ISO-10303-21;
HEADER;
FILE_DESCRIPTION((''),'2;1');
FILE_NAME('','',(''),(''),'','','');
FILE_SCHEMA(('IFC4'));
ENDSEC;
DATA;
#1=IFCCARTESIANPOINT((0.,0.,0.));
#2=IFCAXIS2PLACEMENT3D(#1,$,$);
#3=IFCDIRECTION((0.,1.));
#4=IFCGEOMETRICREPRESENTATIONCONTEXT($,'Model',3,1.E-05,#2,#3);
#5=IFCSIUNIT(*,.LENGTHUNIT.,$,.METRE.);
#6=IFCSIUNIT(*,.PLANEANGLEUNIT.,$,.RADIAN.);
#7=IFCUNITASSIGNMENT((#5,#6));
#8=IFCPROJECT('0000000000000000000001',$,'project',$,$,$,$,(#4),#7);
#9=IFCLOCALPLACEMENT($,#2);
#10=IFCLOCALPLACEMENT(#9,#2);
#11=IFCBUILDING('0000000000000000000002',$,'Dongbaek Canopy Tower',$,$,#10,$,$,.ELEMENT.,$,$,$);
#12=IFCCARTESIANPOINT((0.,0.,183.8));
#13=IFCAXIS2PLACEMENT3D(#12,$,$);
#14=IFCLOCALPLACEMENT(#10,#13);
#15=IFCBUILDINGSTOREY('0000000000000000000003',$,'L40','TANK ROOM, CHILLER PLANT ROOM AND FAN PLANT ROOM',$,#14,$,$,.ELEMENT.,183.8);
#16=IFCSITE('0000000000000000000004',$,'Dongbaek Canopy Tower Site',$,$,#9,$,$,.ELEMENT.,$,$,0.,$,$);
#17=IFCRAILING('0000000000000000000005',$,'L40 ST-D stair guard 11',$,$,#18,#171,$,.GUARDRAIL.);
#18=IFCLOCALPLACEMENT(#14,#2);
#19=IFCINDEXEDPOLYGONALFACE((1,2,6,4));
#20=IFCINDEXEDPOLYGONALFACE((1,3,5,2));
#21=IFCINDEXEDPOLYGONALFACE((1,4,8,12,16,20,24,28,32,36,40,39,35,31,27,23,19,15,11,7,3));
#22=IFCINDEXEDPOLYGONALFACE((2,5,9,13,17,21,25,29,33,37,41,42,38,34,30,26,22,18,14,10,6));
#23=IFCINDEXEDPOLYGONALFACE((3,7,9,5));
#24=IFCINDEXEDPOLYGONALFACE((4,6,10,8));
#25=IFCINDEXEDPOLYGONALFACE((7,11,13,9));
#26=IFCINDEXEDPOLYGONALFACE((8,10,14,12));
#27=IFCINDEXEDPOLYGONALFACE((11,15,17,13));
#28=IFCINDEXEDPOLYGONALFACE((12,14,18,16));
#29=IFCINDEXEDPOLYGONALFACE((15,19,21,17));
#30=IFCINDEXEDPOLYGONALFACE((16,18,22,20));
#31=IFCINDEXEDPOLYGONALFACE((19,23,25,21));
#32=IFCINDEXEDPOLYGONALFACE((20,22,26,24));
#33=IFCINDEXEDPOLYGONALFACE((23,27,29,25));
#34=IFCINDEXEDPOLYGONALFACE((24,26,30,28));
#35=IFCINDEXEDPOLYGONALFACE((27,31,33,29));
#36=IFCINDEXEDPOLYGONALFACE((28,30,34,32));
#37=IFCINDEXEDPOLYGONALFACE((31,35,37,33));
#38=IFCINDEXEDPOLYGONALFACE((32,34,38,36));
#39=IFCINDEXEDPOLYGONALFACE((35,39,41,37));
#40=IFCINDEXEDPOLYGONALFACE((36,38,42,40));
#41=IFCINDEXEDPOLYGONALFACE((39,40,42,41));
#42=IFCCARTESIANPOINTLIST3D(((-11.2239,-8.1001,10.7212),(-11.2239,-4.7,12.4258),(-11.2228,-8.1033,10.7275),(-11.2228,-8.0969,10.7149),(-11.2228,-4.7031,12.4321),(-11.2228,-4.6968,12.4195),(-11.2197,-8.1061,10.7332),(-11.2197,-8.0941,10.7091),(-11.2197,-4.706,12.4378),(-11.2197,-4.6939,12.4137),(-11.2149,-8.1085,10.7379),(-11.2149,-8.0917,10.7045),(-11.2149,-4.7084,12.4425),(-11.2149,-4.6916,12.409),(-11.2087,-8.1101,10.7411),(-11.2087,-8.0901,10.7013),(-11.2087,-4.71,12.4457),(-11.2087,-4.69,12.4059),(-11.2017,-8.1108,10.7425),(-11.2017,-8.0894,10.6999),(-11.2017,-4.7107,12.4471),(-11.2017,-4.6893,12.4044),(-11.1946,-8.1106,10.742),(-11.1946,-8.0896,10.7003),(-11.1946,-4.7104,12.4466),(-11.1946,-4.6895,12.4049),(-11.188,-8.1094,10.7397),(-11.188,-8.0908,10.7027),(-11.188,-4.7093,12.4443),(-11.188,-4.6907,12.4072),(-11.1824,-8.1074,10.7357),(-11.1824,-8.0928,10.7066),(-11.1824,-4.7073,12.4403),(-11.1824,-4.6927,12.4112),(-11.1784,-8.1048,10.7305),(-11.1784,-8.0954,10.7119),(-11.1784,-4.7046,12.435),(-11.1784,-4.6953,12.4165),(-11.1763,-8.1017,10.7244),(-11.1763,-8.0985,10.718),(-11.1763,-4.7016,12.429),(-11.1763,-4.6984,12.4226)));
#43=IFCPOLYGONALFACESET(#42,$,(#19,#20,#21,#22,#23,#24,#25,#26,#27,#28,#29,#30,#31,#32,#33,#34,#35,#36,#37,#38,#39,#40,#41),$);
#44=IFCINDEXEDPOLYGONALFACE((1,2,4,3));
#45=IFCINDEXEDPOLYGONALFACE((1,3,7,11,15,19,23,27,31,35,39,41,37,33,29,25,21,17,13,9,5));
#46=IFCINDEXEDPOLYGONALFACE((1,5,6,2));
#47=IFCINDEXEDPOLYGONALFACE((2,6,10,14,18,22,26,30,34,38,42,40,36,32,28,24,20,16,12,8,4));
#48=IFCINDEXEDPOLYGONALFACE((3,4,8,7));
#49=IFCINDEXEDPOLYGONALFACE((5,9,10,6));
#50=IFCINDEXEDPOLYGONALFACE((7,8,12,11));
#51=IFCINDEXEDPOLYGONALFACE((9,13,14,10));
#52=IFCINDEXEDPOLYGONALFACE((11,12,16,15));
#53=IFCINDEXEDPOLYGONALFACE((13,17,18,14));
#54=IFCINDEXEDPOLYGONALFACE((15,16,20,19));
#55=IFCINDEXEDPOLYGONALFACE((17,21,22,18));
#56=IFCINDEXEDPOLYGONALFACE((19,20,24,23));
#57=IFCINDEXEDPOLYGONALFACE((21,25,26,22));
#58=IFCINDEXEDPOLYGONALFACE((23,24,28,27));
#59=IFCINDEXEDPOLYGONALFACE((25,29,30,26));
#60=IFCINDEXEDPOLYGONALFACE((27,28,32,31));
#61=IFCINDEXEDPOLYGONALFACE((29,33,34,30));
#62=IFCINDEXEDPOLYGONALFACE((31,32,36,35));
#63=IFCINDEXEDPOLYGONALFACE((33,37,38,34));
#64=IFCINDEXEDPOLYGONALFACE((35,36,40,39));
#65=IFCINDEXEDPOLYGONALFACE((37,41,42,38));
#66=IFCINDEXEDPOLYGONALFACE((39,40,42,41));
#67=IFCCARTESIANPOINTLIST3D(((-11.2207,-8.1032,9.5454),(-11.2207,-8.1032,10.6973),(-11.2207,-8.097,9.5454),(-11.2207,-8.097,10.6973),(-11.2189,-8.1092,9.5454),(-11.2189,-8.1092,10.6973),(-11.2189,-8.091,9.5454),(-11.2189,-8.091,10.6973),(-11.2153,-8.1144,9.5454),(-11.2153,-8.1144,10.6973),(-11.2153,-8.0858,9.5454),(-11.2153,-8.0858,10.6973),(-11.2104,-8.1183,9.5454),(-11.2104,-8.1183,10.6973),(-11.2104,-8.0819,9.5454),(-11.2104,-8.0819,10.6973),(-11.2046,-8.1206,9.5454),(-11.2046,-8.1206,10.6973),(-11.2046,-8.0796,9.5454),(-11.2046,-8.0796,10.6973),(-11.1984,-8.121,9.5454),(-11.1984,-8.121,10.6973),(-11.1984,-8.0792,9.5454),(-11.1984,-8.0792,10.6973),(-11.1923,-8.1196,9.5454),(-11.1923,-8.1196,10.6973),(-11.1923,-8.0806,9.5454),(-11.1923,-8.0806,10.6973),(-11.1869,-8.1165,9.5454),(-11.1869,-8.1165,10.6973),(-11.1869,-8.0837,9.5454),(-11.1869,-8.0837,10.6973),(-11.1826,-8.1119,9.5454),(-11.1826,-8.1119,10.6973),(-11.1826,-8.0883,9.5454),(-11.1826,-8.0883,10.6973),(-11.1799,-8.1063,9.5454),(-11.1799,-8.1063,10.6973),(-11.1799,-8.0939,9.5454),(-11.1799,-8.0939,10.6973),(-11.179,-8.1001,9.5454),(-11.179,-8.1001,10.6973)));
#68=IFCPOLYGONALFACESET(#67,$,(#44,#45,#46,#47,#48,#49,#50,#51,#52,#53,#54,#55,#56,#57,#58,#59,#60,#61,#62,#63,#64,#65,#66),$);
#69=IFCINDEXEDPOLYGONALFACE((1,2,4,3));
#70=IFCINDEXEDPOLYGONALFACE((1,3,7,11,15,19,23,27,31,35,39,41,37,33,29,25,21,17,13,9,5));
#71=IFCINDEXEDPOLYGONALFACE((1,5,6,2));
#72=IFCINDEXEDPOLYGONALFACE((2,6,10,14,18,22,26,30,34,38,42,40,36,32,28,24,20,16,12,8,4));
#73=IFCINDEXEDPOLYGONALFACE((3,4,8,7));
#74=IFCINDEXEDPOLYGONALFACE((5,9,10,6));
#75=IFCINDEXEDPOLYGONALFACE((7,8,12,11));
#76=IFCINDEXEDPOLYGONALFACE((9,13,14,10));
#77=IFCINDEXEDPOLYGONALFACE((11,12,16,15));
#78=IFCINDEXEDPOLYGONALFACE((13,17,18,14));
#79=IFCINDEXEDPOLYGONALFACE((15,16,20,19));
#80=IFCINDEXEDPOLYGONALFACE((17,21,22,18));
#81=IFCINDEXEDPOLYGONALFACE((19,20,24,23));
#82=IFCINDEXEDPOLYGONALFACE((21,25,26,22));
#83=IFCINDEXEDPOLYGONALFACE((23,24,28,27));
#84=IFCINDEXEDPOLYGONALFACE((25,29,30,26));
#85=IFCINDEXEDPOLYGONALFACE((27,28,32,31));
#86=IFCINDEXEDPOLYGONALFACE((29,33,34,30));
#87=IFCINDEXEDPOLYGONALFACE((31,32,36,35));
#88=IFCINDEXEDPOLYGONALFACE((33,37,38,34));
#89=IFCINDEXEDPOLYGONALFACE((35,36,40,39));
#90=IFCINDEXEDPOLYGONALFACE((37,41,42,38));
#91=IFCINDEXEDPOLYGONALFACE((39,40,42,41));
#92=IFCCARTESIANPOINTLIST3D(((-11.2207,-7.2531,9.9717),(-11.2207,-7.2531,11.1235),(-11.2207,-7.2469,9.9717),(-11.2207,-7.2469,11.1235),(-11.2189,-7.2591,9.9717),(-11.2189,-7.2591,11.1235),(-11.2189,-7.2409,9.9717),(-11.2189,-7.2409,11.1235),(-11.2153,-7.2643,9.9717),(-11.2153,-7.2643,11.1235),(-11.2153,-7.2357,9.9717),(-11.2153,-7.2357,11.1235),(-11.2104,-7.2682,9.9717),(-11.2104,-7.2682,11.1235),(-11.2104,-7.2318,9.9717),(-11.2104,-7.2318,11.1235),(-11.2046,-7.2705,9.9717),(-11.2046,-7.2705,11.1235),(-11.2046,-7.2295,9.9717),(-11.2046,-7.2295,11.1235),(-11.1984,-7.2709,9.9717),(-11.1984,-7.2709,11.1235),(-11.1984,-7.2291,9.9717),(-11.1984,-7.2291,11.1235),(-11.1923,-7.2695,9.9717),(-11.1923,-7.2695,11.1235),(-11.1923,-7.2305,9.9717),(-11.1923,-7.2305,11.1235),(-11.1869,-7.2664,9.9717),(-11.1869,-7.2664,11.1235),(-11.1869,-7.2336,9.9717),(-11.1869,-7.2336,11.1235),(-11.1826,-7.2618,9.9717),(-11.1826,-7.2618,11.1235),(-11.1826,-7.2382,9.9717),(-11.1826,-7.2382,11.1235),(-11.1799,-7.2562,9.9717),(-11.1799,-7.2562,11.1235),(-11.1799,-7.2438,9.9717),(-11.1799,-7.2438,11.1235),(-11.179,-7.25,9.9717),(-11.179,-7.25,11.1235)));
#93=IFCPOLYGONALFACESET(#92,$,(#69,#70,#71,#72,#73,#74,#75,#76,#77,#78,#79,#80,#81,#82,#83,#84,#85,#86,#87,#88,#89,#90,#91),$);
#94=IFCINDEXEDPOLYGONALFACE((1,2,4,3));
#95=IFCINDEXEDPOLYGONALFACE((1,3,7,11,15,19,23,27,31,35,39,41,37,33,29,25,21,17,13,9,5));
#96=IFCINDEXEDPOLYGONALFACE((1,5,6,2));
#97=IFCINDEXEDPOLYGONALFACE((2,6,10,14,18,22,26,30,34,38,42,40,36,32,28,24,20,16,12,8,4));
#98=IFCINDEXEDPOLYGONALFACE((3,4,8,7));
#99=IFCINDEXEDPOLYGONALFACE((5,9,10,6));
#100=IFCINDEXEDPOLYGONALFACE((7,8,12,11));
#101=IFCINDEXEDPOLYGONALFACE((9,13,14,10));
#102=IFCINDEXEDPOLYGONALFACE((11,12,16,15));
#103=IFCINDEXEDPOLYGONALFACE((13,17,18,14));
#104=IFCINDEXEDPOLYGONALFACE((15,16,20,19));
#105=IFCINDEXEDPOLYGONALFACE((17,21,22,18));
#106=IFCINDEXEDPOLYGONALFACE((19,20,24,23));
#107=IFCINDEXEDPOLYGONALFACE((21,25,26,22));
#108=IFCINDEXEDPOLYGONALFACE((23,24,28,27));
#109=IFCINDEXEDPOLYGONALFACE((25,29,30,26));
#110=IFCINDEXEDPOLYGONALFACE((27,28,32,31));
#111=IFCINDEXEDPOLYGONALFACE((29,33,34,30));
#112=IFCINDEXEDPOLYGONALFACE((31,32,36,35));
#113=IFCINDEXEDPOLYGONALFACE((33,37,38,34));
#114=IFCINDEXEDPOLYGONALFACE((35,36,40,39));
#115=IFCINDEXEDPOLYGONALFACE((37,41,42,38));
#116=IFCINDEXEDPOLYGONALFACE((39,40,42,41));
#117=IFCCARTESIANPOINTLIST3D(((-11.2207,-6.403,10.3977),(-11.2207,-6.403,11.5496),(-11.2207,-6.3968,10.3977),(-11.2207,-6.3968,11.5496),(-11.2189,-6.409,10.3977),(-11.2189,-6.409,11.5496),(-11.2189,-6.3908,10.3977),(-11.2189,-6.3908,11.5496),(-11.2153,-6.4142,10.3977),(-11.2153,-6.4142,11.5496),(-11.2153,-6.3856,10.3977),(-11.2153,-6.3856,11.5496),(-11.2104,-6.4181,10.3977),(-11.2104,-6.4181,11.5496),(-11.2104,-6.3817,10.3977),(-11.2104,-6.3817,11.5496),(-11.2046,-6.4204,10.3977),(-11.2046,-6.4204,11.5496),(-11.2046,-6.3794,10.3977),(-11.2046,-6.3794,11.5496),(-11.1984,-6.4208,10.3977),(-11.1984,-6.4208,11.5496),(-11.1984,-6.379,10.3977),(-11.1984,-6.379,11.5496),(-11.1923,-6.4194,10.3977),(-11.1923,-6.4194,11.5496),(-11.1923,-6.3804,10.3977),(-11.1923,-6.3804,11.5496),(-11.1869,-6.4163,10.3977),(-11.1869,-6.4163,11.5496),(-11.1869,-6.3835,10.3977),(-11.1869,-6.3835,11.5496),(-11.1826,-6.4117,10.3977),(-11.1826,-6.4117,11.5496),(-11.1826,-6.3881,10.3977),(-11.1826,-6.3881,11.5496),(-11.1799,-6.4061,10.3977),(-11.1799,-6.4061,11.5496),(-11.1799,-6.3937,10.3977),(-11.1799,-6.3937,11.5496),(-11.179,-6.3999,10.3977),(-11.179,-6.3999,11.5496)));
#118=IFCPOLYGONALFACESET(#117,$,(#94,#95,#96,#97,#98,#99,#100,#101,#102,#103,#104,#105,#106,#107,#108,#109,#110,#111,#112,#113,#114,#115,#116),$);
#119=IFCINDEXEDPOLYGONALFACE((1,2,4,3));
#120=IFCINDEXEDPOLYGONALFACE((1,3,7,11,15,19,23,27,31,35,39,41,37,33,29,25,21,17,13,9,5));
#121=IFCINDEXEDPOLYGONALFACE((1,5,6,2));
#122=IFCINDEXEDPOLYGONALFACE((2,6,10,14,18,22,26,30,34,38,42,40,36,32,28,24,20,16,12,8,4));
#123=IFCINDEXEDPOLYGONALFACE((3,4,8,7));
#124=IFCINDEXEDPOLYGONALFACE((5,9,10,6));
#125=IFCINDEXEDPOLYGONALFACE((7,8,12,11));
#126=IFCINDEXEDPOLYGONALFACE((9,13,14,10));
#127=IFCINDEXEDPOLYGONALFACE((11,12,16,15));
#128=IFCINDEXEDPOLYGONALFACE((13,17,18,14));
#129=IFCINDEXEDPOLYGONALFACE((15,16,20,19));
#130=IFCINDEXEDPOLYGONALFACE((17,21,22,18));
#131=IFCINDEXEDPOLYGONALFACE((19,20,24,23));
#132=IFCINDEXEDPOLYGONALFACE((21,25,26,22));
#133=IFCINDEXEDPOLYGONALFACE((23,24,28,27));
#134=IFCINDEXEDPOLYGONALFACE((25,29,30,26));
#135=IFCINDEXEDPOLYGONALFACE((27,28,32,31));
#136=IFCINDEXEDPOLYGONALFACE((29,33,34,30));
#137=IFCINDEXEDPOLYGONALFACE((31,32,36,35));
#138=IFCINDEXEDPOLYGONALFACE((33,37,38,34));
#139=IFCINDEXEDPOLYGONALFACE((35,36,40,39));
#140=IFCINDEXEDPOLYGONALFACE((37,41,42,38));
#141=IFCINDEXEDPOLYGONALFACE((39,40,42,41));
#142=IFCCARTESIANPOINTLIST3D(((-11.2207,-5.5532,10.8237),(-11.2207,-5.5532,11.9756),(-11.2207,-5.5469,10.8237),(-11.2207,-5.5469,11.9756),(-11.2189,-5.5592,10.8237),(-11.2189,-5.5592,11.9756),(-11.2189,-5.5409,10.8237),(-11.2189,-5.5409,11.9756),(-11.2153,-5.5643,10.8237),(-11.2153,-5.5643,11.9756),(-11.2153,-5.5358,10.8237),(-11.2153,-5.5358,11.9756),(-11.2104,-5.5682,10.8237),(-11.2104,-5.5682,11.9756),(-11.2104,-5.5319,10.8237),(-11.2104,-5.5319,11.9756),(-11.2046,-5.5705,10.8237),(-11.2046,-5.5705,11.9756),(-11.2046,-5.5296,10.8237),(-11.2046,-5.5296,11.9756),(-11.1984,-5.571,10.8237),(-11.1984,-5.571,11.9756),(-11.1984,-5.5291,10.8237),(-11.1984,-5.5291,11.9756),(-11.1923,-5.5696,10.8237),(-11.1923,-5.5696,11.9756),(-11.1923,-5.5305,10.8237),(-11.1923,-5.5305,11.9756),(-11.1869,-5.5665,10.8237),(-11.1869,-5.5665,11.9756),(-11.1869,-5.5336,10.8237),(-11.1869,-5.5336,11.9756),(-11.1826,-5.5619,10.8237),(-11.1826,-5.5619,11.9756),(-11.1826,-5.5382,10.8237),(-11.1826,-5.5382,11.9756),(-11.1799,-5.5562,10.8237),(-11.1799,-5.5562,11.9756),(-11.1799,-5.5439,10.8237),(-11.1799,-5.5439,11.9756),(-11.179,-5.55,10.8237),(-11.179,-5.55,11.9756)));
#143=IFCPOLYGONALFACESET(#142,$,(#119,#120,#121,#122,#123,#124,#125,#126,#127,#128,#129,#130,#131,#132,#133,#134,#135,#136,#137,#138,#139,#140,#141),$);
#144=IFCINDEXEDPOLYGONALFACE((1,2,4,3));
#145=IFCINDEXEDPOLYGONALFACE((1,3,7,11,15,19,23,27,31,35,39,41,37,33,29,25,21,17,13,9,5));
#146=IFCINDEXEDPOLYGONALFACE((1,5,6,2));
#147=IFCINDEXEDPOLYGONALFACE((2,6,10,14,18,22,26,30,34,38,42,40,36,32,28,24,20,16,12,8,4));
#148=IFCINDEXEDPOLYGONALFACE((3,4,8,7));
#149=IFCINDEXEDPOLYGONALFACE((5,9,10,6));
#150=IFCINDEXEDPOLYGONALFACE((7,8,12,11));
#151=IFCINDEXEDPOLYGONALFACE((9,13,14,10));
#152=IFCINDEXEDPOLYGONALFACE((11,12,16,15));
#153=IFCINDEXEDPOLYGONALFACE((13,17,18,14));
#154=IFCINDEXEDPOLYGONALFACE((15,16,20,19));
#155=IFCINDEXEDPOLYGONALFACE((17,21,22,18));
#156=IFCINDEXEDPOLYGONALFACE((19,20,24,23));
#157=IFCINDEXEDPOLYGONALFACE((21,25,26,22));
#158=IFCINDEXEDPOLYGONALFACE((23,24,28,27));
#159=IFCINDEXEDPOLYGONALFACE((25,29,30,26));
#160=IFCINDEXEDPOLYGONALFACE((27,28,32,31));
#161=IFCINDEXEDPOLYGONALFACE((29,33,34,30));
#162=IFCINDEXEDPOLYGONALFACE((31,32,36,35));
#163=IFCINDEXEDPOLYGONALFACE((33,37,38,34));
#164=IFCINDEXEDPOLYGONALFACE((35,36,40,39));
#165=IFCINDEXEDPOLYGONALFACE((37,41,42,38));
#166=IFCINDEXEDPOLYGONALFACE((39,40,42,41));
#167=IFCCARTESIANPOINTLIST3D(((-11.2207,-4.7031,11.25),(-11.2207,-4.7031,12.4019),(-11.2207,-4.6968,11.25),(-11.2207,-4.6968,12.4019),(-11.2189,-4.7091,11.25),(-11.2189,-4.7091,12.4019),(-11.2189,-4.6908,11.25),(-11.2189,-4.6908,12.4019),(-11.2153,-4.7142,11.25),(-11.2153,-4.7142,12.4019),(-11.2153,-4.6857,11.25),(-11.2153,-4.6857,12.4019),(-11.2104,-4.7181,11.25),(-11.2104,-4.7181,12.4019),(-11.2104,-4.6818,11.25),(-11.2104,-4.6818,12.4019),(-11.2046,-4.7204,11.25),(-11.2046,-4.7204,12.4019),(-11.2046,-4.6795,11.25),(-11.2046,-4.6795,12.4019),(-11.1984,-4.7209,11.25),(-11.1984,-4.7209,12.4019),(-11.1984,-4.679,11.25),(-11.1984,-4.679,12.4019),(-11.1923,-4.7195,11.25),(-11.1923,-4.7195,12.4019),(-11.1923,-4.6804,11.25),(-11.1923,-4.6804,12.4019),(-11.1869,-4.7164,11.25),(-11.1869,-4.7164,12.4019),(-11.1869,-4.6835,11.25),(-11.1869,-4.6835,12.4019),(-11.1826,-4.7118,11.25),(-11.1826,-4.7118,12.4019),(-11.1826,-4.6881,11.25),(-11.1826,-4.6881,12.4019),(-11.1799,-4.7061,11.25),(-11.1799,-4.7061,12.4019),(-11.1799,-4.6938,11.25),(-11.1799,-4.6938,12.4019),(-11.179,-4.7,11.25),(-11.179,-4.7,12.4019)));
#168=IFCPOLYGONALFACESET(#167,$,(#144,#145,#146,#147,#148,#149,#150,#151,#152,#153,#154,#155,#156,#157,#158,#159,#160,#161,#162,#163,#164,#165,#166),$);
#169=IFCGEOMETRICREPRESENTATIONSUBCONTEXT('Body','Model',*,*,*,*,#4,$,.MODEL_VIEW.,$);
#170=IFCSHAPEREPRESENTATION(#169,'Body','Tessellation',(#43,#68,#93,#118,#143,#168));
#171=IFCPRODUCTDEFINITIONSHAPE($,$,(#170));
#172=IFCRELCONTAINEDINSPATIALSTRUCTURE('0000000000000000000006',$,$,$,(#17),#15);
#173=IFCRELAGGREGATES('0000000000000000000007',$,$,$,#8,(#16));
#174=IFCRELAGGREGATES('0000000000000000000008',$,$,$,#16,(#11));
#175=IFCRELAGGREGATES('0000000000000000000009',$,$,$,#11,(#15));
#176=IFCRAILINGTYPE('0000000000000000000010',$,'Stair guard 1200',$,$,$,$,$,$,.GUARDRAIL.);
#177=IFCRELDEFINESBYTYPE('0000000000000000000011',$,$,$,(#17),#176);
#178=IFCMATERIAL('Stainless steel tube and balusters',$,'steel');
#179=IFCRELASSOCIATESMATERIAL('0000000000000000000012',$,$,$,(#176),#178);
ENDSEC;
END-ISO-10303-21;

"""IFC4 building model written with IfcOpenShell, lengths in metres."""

from ifc_helpers import new_model, si_unit, direction, frame, origin, origin_2d, place, context, subcontext, project, spatial, circle, extrude, material, type_object, element, save


model = new_model("IFC4")

# Units and contexts
model_context = context("Model", 3, precision=1e-05, world=origin(), true_north=direction((0.0, 1.0)))
body_context = subcontext(model_context, "Body", "Model", "MODEL_VIEW")
ifc_project = project(units=[si_unit("LENGTHUNIT", "METRE"), si_unit("PLANEANGLEUNIT", "RADIAN")], contexts=[model_context])

# Site, building, storey
site_placement = place(None, origin())
site = spatial("IfcSite", under=ifc_project, at=site_placement, Name="Dongbaek Canopy Tower Site", CompositionType="ELEMENT", RefElevation=0.0)
building_placement = place(site_placement, origin())
building = spatial("IfcBuilding", under=site, at=building_placement, Name="Dongbaek Canopy Tower", CompositionType="ELEMENT")
storey_placement = place(building_placement, frame((0.0, 0.0, 183.8)))
storey = spatial("IfcBuildingStorey", under=building, at=storey_placement, Name="L40", Description="TANK ROOM, CHILLER PLANT ROOM AND FAN PLANT ROOM", CompositionType="ELEMENT", Elevation=183.8)

# Railing
ifc_material_1 = material(Name="Stainless steel tube and balusters", Category="steel")
railing_type_1 = type_object("IfcRailingType", Name="Stair guard 1200", PredefinedType="GUARDRAIL", material=ifc_material_1)
for number, where, name in (
    (1, (-11.2, -8.1001, 9.5454), "L40 ST-D stair guard 11"),
):
    element("IfcRailing", number, at=place(storey_placement, frame(where)), inside=storey, type_object=railing_type_1, Name=name, PredefinedType="GUARDRAIL", context=body_context, shape_type="SweptSolid", body=[
        extrude(circle(Radius=0.0239, at=origin_2d()), frame((0.0, 0.0, 1.1758), z_axis=(0.0, 0.893952, 0.448163), x_axis=(-1.0, 0.0, 0.0)), (0.0, 0.0, 1.0), 3.8035),
        extrude(circle(Radius=0.021, at=origin_2d()), origin(), (0.0, 0.0, 1.0), 1.1519),
        extrude(circle(Radius=0.021, at=origin_2d()), frame((0.0, 0.8501, 0.4263)), (0.0, 0.0, 1.0), 1.1519),
        extrude(circle(Radius=0.021, at=origin_2d()), frame((0.0, 1.7002, 0.8523)), (0.0, 0.0, 1.0), 1.1519),
        extrude(circle(Radius=0.021, at=origin_2d()), frame((0.0, 2.55, 1.2783)), (0.0, 0.0, 1.0), 1.1519),
        extrude(circle(Radius=0.021, at=origin_2d()), frame((0.0, 3.4001, 1.7046)), (0.0, 0.0, 1.0), 1.1519),
    ])

save(model, "model.ifc")
